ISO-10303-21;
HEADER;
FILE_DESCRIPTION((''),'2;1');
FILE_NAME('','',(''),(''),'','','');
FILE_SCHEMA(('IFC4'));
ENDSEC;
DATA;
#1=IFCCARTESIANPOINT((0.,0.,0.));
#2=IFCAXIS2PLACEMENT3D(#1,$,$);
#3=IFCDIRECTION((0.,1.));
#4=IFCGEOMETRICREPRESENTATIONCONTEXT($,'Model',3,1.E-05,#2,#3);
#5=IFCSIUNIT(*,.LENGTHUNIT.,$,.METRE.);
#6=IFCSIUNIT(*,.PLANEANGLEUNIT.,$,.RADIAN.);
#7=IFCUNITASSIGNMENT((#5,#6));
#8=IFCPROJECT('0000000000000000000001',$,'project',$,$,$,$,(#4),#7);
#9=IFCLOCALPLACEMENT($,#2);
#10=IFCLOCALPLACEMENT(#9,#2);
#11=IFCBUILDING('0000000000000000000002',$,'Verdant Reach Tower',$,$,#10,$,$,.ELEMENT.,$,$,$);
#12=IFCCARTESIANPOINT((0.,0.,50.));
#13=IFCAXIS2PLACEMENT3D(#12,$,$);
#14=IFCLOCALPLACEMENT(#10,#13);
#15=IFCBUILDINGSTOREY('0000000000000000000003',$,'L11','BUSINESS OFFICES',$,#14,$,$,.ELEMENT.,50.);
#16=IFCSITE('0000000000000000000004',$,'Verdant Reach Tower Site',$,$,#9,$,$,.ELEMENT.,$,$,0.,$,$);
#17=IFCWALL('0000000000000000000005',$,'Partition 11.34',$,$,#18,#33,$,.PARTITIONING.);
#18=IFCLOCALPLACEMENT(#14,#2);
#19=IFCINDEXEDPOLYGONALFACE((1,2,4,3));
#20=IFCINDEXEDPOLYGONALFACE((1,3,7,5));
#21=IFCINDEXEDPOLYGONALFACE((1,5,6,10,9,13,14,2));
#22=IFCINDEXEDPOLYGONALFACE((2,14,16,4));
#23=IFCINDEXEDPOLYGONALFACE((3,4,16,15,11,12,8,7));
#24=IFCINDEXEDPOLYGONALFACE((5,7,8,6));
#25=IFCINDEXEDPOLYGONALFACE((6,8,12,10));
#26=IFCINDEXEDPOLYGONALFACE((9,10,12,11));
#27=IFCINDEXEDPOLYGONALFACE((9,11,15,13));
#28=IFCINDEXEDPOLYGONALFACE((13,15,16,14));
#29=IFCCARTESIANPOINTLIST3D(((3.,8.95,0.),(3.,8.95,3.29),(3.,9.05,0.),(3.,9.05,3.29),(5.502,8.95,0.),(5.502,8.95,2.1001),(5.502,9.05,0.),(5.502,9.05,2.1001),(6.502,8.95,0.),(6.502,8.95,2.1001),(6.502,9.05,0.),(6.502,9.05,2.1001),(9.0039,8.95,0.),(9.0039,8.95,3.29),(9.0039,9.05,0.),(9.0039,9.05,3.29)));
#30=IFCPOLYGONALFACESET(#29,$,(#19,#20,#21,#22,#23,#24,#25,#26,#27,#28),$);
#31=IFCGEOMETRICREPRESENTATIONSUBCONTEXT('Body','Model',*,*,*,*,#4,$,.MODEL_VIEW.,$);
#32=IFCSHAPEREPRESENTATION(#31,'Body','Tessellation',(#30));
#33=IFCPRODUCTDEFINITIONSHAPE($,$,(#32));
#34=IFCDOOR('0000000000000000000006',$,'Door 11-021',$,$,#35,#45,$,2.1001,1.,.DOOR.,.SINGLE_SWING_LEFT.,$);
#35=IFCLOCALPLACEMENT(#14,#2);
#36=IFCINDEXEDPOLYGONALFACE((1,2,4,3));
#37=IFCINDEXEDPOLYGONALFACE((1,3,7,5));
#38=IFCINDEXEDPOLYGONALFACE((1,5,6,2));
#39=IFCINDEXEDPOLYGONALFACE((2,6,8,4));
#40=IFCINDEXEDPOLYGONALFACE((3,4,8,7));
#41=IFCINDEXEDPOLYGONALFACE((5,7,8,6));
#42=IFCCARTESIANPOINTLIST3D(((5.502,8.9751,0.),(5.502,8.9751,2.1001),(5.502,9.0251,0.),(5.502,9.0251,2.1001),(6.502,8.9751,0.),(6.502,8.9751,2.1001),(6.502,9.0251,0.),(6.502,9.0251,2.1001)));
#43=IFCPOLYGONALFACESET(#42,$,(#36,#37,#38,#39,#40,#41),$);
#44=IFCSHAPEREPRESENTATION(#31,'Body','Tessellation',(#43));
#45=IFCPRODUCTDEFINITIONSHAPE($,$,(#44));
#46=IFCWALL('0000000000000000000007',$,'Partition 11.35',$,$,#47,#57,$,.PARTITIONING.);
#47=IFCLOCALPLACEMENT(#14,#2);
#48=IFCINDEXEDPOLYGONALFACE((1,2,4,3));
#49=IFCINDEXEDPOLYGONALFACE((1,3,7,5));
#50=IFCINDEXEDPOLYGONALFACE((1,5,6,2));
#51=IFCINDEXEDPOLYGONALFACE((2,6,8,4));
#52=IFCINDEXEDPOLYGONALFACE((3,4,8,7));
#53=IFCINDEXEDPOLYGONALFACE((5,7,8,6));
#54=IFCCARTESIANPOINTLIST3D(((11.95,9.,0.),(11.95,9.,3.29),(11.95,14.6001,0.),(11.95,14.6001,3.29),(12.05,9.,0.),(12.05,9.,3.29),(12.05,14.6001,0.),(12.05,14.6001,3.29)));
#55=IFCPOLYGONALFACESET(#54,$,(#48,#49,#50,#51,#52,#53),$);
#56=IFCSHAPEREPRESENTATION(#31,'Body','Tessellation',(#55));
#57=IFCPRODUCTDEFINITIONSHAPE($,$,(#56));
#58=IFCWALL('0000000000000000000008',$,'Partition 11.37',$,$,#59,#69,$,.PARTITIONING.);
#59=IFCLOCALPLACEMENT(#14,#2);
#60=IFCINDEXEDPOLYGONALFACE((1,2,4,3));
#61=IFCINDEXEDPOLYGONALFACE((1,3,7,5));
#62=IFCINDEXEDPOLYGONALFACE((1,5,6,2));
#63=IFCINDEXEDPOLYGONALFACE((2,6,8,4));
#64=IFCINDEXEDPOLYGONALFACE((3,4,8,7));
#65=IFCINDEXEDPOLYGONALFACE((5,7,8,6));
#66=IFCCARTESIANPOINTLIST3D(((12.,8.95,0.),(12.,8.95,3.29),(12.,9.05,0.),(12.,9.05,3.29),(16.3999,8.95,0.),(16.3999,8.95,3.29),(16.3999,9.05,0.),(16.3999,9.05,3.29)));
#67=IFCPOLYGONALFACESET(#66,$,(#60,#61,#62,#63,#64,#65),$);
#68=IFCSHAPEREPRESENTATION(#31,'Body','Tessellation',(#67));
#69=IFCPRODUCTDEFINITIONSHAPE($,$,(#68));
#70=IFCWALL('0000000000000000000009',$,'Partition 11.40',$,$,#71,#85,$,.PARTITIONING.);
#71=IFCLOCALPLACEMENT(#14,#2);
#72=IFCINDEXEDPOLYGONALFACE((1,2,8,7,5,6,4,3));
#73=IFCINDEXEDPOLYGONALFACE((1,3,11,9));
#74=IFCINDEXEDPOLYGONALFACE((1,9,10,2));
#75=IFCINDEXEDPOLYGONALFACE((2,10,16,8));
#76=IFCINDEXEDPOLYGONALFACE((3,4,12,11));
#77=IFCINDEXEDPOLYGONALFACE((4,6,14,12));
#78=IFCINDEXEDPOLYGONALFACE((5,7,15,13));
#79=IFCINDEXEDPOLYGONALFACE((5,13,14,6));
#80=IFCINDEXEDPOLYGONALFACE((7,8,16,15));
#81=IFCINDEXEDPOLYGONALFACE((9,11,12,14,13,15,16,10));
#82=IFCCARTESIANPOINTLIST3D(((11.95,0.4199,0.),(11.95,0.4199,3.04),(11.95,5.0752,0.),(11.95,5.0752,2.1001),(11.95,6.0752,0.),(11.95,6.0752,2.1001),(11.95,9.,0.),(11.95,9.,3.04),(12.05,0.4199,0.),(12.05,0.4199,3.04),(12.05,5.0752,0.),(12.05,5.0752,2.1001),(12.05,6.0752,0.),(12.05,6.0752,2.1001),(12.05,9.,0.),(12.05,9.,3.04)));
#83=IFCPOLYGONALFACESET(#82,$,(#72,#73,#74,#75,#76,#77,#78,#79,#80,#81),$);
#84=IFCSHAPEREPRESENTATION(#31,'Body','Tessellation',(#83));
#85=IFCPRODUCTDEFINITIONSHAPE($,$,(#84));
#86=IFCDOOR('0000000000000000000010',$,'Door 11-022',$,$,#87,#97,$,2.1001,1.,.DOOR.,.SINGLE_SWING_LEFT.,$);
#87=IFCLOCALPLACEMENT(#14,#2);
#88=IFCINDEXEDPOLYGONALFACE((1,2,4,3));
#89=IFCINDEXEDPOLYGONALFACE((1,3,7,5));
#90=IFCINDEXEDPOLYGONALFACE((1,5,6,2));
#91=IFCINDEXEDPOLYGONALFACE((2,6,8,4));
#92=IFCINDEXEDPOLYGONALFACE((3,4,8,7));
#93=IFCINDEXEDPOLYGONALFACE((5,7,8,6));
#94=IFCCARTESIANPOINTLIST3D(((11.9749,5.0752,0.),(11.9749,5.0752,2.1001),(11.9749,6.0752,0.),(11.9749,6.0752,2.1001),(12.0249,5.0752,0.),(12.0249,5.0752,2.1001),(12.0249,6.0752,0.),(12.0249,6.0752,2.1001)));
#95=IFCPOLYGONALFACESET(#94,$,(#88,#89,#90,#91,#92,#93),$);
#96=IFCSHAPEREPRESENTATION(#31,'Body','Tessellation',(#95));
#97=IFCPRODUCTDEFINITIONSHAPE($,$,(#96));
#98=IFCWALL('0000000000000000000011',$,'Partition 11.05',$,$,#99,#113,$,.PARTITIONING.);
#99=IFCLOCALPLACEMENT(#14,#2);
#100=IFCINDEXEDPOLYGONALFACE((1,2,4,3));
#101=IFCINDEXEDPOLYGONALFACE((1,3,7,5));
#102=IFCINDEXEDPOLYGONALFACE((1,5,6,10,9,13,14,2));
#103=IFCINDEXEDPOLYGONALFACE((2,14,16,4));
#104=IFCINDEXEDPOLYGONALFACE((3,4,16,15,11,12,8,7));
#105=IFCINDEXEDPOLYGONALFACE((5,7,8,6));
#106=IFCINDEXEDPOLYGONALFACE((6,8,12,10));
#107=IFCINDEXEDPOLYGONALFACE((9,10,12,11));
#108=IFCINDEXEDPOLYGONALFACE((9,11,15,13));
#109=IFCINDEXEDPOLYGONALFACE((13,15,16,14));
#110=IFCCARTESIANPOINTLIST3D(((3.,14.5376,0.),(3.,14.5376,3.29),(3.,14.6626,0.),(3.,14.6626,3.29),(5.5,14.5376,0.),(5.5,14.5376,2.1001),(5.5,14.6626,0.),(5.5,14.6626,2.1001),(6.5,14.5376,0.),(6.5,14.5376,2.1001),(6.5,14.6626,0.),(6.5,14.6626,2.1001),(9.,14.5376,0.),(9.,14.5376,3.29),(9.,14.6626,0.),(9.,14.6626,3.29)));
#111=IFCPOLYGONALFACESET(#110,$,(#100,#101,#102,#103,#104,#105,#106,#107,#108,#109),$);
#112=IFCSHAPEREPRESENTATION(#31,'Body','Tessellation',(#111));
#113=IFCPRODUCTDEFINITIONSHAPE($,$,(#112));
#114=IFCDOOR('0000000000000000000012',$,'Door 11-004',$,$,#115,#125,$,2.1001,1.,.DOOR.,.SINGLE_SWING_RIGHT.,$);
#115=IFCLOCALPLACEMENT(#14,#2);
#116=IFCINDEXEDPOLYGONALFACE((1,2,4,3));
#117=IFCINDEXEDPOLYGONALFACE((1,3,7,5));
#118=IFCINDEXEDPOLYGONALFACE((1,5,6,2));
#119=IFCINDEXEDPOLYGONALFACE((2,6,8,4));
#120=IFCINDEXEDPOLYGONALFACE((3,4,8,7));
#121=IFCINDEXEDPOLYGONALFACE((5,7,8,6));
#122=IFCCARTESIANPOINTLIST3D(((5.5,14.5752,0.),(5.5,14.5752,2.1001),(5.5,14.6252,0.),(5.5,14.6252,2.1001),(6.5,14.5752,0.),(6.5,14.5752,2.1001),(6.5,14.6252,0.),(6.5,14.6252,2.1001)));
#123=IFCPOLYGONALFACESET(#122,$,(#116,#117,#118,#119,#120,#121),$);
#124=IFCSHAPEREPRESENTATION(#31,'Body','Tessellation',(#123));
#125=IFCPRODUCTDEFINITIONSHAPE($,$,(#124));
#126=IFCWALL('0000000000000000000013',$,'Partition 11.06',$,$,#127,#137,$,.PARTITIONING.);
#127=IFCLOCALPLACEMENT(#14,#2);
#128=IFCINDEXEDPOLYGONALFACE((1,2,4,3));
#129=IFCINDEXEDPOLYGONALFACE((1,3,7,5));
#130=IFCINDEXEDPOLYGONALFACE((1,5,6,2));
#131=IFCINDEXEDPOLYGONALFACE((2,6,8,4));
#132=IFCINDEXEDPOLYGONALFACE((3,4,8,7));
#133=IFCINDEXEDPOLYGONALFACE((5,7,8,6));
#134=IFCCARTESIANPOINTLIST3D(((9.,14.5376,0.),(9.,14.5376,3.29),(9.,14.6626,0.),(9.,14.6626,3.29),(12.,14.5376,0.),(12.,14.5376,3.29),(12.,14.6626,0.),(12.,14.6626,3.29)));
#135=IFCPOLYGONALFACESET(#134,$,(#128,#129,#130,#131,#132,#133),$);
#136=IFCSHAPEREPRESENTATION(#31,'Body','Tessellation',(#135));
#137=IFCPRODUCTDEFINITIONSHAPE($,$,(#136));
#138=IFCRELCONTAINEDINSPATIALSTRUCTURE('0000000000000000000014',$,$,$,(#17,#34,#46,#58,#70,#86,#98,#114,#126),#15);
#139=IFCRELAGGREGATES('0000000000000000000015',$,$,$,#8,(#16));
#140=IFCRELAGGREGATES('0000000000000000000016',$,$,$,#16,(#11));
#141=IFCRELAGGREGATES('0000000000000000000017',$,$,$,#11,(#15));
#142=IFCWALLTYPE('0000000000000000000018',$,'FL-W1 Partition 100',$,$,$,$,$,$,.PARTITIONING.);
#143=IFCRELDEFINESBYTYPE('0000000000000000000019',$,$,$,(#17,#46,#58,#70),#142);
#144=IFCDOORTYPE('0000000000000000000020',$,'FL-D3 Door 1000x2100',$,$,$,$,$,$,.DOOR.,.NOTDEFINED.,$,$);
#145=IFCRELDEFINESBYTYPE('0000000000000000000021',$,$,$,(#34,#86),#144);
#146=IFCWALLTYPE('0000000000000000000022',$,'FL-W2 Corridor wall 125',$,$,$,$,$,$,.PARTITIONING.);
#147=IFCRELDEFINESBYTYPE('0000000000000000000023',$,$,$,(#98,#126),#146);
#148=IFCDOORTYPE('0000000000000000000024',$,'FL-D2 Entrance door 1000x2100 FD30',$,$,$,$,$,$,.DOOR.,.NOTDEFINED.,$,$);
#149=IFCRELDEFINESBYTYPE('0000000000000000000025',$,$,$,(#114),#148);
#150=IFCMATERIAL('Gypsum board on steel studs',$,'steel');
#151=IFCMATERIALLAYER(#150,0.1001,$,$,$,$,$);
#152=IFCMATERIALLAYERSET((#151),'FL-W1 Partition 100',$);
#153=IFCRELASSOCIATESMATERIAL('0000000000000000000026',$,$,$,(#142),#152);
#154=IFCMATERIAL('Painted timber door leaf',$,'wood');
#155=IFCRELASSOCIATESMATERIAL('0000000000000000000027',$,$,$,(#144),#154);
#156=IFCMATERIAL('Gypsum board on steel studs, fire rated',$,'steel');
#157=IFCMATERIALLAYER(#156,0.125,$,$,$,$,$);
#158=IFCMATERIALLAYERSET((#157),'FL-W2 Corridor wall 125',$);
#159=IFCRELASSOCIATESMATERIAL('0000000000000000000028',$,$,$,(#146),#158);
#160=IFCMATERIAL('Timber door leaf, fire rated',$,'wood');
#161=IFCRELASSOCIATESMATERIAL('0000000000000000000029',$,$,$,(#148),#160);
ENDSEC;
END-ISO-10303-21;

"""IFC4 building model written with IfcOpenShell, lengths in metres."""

from ifc_helpers import new_model, si_unit, direction, frame, frame_2d, origin, place, context, subcontext, project, spatial, rectangle, extrude, material, layer, layer_set, type_object, element, fill, save


model = new_model("IFC4")

# Units and contexts
model_context = context("Model", 3, precision=1e-05, world=origin(), true_north=direction((0.0, 1.0)))
body_context = subcontext(model_context, "Body", "Model", "MODEL_VIEW")
ifc_project = project(units=[si_unit("LENGTHUNIT", "METRE"), si_unit("PLANEANGLEUNIT", "RADIAN")], contexts=[model_context])

# Site, building, storey
site_placement = place(None, origin())
site = spatial("IfcSite", under=ifc_project, at=site_placement, Name="Verdant Reach Tower Site", CompositionType="ELEMENT", RefElevation=0.0)
building_placement = place(site_placement, origin())
building = spatial("IfcBuilding", under=site, at=building_placement, Name="Verdant Reach Tower", CompositionType="ELEMENT")
storey_placement = place(building_placement, frame((0.0, 0.0, 50.0)))
storey = spatial("IfcBuildingStorey", under=building, at=storey_placement, Name="L11", Description="BUSINESS OFFICES", CompositionType="ELEMENT", Elevation=50.0)

# Wall, opening, door
ifc_material_1 = material(Name="Gypsum board on steel studs", Category="steel")
ifc_layer_1 = layer(ifc_material_1, 0.1001)
ifc_layer_set_1 = layer_set([ifc_layer_1], Name="FL-W1 Partition 100")
wall_type_1 = type_object("IfcWallType", Name="FL-W1 Partition 100", PredefinedType="PARTITIONING", material=ifc_layer_set_1)
ifc_material_2 = material(Name="Painted timber door leaf", Category="wood")
door_type_1 = type_object("IfcDoorType", Name="FL-D3 Door 1000x2100", OperationType="NOTDEFINED", PredefinedType="DOOR", material=ifc_material_2)
wall_1_placement = place(storey_placement, frame((9.0039, 9.0, 0.0), z_axis=(0.0, 0.0, 1.0), x_axis=(-1.0, 0.0, 0.0)))
wall_1 = element("IfcWall", 1, at=wall_1_placement, inside=storey, type_object=wall_type_1, Name="Partition 11.34", PredefinedType="PARTITIONING", context=body_context, shape_type="SweptSolid", body=[
    extrude(rectangle(XDim=6.0039, YDim=0.1001, at=frame_2d((3.002, 0.0))), origin(), (0.0, 0.0, 1.0), 3.29),
])
opening_1_placement = place(wall_1_placement, frame((2.502, 0.0, 0.0)))
opening_1 = element("IfcOpeningElement", 2, at=opening_1_placement, cuts=wall_1, PredefinedType="OPENING", context=body_context, shape_type="SweptSolid", body=[
    extrude(rectangle(XDim=1.0, YDim=2.1001, at=frame_2d((0.5, 1.05))), frame((0.0, 0.0601, 0.0), z_axis=(0.0, -1.0, 0.0), x_axis=(1.0, 0.0, 0.0)), (0.0, 0.0, 1.0), 0.1201),
])
door_1_placement = place(opening_1_placement, origin())
door_1 = element("IfcDoor", 3, at=door_1_placement, inside=storey, type_object=door_type_1, Name="Door 11-021", OperationType="SINGLE_SWING_LEFT", OverallHeight=2.1001, OverallWidth=1.0, PredefinedType="DOOR", context=body_context, shape_type="SweptSolid", body=[
    extrude(rectangle(XDim=1.0, YDim=2.1001, at=frame_2d((0.5, 1.05))), frame((0.0, 0.0249, 0.0), z_axis=(0.0, -1.0, 0.0), x_axis=(1.0, 0.0, 0.0)), (0.0, 0.0, 1.0), 0.05),
])
fill(opening_1, door_1)

# Walls
wall_2_placement = place(storey_placement, frame((12.0, 9.0, 0.0), z_axis=(0.0, 0.0, 1.0), x_axis=(0.0, 1.0, 0.0)))
element("IfcWall", 4, at=wall_2_placement, inside=storey, type_object=wall_type_1, Name="Partition 11.35", PredefinedType="PARTITIONING", context=body_context, shape_type="SweptSolid", body=[
    extrude(rectangle(XDim=5.6001, YDim=0.1001, at=frame_2d((2.8, 0.0))), origin(), (0.0, 0.0, 1.0), 3.29),
])
wall_3_placement = place(storey_placement, frame((12.0, 9.0, 0.0), z_axis=(0.0, 0.0, 1.0), x_axis=(1.0, 0.0, 0.0)))
element("IfcWall", 5, at=wall_3_placement, inside=storey, type_object=wall_type_1, Name="Partition 11.37", PredefinedType="PARTITIONING", context=body_context, shape_type="SweptSolid", body=[
    extrude(rectangle(XDim=4.3999, YDim=0.1001, at=frame_2d((2.2, 0.0))), origin(), (0.0, 0.0, 1.0), 3.29),
])

# Walls, openings, doors
wall_4_placement = place(storey_placement, frame((12.0, 9.0, 0.0), z_axis=(0.0, 0.0, 1.0), x_axis=(0.0, -1.0, 0.0)))
wall_4 = element("IfcWall", 6, at=wall_4_placement, inside=storey, type_object=wall_type_1, Name="Partition 11.40", PredefinedType="PARTITIONING", context=body_context, shape_type="SweptSolid", body=[
    extrude(rectangle(XDim=8.5801, YDim=0.1001, at=frame_2d((4.29, 0.0))), origin(), (0.0, 0.0, 1.0), 3.04),
])
opening_2_placement = place(wall_4_placement, frame((2.9248, 0.0, 0.0)))
opening_2 = element("IfcOpeningElement", 7, at=opening_2_placement, cuts=wall_4, PredefinedType="OPENING", context=body_context, shape_type="SweptSolid", body=[
    extrude(rectangle(XDim=1.0, YDim=2.1001, at=frame_2d((0.5, 1.05))), frame((0.0, 0.0601, 0.0), z_axis=(0.0, -1.0, 0.0), x_axis=(1.0, 0.0, 0.0)), (0.0, 0.0, 1.0), 0.1201),
])
door_2_placement = place(opening_2_placement, origin())
door_2 = element("IfcDoor", 8, at=door_2_placement, inside=storey, type_object=door_type_1, Name="Door 11-022", OperationType="SINGLE_SWING_LEFT", OverallHeight=2.1001, OverallWidth=1.0, PredefinedType="DOOR", context=body_context, shape_type="SweptSolid", body=[
    extrude(rectangle(XDim=1.0, YDim=2.1001, at=frame_2d((0.5, 1.05))), frame((0.0, 0.0249, 0.0), z_axis=(0.0, -1.0, 0.0), x_axis=(1.0, 0.0, 0.0)), (0.0, 0.0, 1.0), 0.05),
])
fill(opening_2, door_2)
ifc_material_3 = material(Name="Gypsum board on steel studs, fire rated", Category="steel")
ifc_layer_2 = layer(ifc_material_3, 0.125)
ifc_layer_set_2 = layer_set([ifc_layer_2], Name="FL-W2 Corridor wall 125")
wall_type_2 = type_object("IfcWallType", Name="FL-W2 Corridor wall 125", PredefinedType="PARTITIONING", material=ifc_layer_set_2)
wall_5_placement = place(storey_placement, frame((9.0, 14.6001, 0.0), z_axis=(0.0, 0.0, 1.0), x_axis=(-1.0, 0.0, 0.0)))
wall_5 = element("IfcWall", 9, at=wall_5_placement, inside=storey, type_object=wall_type_2, Name="Partition 11.05", PredefinedType="PARTITIONING", context=body_context, shape_type="SweptSolid", body=[
    extrude(rectangle(XDim=6.0, YDim=0.125, at=frame_2d((3.0, 0.0))), origin(), (0.0, 0.0, 1.0), 3.29),
])
opening_3_placement = place(wall_5_placement, frame((2.5, 0.0, 0.0)))
opening_3 = element("IfcOpeningElement", 10, at=opening_3_placement, cuts=wall_5, PredefinedType="OPENING", context=body_context, shape_type="SweptSolid", body=[
    extrude(rectangle(XDim=1.0, YDim=2.1001, at=frame_2d((0.5, 1.05))), frame((0.0, 0.0725, 0.0), z_axis=(0.0, -1.0, 0.0), x_axis=(1.0, 0.0, 0.0)), (0.0, 0.0, 1.0), 0.145),
])
ifc_material_4 = material(Name="Timber door leaf, fire rated", Category="wood")
door_type_2 = type_object("IfcDoorType", Name="FL-D2 Entrance door 1000x2100 FD30", OperationType="NOTDEFINED", PredefinedType="DOOR", material=ifc_material_4)
door_3_placement = place(opening_3_placement, origin())
door_3 = element("IfcDoor", 11, at=door_3_placement, inside=storey, type_object=door_type_2, Name="Door 11-004", OperationType="SINGLE_SWING_RIGHT", OverallHeight=2.1001, OverallWidth=1.0, PredefinedType="DOOR", context=body_context, shape_type="SweptSolid", body=[
    extrude(rectangle(XDim=1.0, YDim=2.1001, at=frame_2d((0.5, 1.05))), frame((0.0, 0.0249, 0.0), z_axis=(0.0, -1.0, 0.0), x_axis=(1.0, 0.0, 0.0)), (0.0, 0.0, 1.0), 0.05),
])
fill(opening_3, door_3)

# Wall
wall_6_placement = place(storey_placement, frame((9.0, 14.6001, 0.0), z_axis=(0.0, 0.0, 1.0), x_axis=(1.0, 0.0, 0.0)))
element("IfcWall", 12, at=wall_6_placement, inside=storey, type_object=wall_type_2, Name="Partition 11.06", PredefinedType="PARTITIONING", context=body_context, shape_type="SweptSolid", body=[
    extrude(rectangle(XDim=3.0, YDim=0.125, at=frame_2d((1.5, 0.0))), origin(), (0.0, 0.0, 1.0), 3.29),
])

save(model, "model.ifc")
